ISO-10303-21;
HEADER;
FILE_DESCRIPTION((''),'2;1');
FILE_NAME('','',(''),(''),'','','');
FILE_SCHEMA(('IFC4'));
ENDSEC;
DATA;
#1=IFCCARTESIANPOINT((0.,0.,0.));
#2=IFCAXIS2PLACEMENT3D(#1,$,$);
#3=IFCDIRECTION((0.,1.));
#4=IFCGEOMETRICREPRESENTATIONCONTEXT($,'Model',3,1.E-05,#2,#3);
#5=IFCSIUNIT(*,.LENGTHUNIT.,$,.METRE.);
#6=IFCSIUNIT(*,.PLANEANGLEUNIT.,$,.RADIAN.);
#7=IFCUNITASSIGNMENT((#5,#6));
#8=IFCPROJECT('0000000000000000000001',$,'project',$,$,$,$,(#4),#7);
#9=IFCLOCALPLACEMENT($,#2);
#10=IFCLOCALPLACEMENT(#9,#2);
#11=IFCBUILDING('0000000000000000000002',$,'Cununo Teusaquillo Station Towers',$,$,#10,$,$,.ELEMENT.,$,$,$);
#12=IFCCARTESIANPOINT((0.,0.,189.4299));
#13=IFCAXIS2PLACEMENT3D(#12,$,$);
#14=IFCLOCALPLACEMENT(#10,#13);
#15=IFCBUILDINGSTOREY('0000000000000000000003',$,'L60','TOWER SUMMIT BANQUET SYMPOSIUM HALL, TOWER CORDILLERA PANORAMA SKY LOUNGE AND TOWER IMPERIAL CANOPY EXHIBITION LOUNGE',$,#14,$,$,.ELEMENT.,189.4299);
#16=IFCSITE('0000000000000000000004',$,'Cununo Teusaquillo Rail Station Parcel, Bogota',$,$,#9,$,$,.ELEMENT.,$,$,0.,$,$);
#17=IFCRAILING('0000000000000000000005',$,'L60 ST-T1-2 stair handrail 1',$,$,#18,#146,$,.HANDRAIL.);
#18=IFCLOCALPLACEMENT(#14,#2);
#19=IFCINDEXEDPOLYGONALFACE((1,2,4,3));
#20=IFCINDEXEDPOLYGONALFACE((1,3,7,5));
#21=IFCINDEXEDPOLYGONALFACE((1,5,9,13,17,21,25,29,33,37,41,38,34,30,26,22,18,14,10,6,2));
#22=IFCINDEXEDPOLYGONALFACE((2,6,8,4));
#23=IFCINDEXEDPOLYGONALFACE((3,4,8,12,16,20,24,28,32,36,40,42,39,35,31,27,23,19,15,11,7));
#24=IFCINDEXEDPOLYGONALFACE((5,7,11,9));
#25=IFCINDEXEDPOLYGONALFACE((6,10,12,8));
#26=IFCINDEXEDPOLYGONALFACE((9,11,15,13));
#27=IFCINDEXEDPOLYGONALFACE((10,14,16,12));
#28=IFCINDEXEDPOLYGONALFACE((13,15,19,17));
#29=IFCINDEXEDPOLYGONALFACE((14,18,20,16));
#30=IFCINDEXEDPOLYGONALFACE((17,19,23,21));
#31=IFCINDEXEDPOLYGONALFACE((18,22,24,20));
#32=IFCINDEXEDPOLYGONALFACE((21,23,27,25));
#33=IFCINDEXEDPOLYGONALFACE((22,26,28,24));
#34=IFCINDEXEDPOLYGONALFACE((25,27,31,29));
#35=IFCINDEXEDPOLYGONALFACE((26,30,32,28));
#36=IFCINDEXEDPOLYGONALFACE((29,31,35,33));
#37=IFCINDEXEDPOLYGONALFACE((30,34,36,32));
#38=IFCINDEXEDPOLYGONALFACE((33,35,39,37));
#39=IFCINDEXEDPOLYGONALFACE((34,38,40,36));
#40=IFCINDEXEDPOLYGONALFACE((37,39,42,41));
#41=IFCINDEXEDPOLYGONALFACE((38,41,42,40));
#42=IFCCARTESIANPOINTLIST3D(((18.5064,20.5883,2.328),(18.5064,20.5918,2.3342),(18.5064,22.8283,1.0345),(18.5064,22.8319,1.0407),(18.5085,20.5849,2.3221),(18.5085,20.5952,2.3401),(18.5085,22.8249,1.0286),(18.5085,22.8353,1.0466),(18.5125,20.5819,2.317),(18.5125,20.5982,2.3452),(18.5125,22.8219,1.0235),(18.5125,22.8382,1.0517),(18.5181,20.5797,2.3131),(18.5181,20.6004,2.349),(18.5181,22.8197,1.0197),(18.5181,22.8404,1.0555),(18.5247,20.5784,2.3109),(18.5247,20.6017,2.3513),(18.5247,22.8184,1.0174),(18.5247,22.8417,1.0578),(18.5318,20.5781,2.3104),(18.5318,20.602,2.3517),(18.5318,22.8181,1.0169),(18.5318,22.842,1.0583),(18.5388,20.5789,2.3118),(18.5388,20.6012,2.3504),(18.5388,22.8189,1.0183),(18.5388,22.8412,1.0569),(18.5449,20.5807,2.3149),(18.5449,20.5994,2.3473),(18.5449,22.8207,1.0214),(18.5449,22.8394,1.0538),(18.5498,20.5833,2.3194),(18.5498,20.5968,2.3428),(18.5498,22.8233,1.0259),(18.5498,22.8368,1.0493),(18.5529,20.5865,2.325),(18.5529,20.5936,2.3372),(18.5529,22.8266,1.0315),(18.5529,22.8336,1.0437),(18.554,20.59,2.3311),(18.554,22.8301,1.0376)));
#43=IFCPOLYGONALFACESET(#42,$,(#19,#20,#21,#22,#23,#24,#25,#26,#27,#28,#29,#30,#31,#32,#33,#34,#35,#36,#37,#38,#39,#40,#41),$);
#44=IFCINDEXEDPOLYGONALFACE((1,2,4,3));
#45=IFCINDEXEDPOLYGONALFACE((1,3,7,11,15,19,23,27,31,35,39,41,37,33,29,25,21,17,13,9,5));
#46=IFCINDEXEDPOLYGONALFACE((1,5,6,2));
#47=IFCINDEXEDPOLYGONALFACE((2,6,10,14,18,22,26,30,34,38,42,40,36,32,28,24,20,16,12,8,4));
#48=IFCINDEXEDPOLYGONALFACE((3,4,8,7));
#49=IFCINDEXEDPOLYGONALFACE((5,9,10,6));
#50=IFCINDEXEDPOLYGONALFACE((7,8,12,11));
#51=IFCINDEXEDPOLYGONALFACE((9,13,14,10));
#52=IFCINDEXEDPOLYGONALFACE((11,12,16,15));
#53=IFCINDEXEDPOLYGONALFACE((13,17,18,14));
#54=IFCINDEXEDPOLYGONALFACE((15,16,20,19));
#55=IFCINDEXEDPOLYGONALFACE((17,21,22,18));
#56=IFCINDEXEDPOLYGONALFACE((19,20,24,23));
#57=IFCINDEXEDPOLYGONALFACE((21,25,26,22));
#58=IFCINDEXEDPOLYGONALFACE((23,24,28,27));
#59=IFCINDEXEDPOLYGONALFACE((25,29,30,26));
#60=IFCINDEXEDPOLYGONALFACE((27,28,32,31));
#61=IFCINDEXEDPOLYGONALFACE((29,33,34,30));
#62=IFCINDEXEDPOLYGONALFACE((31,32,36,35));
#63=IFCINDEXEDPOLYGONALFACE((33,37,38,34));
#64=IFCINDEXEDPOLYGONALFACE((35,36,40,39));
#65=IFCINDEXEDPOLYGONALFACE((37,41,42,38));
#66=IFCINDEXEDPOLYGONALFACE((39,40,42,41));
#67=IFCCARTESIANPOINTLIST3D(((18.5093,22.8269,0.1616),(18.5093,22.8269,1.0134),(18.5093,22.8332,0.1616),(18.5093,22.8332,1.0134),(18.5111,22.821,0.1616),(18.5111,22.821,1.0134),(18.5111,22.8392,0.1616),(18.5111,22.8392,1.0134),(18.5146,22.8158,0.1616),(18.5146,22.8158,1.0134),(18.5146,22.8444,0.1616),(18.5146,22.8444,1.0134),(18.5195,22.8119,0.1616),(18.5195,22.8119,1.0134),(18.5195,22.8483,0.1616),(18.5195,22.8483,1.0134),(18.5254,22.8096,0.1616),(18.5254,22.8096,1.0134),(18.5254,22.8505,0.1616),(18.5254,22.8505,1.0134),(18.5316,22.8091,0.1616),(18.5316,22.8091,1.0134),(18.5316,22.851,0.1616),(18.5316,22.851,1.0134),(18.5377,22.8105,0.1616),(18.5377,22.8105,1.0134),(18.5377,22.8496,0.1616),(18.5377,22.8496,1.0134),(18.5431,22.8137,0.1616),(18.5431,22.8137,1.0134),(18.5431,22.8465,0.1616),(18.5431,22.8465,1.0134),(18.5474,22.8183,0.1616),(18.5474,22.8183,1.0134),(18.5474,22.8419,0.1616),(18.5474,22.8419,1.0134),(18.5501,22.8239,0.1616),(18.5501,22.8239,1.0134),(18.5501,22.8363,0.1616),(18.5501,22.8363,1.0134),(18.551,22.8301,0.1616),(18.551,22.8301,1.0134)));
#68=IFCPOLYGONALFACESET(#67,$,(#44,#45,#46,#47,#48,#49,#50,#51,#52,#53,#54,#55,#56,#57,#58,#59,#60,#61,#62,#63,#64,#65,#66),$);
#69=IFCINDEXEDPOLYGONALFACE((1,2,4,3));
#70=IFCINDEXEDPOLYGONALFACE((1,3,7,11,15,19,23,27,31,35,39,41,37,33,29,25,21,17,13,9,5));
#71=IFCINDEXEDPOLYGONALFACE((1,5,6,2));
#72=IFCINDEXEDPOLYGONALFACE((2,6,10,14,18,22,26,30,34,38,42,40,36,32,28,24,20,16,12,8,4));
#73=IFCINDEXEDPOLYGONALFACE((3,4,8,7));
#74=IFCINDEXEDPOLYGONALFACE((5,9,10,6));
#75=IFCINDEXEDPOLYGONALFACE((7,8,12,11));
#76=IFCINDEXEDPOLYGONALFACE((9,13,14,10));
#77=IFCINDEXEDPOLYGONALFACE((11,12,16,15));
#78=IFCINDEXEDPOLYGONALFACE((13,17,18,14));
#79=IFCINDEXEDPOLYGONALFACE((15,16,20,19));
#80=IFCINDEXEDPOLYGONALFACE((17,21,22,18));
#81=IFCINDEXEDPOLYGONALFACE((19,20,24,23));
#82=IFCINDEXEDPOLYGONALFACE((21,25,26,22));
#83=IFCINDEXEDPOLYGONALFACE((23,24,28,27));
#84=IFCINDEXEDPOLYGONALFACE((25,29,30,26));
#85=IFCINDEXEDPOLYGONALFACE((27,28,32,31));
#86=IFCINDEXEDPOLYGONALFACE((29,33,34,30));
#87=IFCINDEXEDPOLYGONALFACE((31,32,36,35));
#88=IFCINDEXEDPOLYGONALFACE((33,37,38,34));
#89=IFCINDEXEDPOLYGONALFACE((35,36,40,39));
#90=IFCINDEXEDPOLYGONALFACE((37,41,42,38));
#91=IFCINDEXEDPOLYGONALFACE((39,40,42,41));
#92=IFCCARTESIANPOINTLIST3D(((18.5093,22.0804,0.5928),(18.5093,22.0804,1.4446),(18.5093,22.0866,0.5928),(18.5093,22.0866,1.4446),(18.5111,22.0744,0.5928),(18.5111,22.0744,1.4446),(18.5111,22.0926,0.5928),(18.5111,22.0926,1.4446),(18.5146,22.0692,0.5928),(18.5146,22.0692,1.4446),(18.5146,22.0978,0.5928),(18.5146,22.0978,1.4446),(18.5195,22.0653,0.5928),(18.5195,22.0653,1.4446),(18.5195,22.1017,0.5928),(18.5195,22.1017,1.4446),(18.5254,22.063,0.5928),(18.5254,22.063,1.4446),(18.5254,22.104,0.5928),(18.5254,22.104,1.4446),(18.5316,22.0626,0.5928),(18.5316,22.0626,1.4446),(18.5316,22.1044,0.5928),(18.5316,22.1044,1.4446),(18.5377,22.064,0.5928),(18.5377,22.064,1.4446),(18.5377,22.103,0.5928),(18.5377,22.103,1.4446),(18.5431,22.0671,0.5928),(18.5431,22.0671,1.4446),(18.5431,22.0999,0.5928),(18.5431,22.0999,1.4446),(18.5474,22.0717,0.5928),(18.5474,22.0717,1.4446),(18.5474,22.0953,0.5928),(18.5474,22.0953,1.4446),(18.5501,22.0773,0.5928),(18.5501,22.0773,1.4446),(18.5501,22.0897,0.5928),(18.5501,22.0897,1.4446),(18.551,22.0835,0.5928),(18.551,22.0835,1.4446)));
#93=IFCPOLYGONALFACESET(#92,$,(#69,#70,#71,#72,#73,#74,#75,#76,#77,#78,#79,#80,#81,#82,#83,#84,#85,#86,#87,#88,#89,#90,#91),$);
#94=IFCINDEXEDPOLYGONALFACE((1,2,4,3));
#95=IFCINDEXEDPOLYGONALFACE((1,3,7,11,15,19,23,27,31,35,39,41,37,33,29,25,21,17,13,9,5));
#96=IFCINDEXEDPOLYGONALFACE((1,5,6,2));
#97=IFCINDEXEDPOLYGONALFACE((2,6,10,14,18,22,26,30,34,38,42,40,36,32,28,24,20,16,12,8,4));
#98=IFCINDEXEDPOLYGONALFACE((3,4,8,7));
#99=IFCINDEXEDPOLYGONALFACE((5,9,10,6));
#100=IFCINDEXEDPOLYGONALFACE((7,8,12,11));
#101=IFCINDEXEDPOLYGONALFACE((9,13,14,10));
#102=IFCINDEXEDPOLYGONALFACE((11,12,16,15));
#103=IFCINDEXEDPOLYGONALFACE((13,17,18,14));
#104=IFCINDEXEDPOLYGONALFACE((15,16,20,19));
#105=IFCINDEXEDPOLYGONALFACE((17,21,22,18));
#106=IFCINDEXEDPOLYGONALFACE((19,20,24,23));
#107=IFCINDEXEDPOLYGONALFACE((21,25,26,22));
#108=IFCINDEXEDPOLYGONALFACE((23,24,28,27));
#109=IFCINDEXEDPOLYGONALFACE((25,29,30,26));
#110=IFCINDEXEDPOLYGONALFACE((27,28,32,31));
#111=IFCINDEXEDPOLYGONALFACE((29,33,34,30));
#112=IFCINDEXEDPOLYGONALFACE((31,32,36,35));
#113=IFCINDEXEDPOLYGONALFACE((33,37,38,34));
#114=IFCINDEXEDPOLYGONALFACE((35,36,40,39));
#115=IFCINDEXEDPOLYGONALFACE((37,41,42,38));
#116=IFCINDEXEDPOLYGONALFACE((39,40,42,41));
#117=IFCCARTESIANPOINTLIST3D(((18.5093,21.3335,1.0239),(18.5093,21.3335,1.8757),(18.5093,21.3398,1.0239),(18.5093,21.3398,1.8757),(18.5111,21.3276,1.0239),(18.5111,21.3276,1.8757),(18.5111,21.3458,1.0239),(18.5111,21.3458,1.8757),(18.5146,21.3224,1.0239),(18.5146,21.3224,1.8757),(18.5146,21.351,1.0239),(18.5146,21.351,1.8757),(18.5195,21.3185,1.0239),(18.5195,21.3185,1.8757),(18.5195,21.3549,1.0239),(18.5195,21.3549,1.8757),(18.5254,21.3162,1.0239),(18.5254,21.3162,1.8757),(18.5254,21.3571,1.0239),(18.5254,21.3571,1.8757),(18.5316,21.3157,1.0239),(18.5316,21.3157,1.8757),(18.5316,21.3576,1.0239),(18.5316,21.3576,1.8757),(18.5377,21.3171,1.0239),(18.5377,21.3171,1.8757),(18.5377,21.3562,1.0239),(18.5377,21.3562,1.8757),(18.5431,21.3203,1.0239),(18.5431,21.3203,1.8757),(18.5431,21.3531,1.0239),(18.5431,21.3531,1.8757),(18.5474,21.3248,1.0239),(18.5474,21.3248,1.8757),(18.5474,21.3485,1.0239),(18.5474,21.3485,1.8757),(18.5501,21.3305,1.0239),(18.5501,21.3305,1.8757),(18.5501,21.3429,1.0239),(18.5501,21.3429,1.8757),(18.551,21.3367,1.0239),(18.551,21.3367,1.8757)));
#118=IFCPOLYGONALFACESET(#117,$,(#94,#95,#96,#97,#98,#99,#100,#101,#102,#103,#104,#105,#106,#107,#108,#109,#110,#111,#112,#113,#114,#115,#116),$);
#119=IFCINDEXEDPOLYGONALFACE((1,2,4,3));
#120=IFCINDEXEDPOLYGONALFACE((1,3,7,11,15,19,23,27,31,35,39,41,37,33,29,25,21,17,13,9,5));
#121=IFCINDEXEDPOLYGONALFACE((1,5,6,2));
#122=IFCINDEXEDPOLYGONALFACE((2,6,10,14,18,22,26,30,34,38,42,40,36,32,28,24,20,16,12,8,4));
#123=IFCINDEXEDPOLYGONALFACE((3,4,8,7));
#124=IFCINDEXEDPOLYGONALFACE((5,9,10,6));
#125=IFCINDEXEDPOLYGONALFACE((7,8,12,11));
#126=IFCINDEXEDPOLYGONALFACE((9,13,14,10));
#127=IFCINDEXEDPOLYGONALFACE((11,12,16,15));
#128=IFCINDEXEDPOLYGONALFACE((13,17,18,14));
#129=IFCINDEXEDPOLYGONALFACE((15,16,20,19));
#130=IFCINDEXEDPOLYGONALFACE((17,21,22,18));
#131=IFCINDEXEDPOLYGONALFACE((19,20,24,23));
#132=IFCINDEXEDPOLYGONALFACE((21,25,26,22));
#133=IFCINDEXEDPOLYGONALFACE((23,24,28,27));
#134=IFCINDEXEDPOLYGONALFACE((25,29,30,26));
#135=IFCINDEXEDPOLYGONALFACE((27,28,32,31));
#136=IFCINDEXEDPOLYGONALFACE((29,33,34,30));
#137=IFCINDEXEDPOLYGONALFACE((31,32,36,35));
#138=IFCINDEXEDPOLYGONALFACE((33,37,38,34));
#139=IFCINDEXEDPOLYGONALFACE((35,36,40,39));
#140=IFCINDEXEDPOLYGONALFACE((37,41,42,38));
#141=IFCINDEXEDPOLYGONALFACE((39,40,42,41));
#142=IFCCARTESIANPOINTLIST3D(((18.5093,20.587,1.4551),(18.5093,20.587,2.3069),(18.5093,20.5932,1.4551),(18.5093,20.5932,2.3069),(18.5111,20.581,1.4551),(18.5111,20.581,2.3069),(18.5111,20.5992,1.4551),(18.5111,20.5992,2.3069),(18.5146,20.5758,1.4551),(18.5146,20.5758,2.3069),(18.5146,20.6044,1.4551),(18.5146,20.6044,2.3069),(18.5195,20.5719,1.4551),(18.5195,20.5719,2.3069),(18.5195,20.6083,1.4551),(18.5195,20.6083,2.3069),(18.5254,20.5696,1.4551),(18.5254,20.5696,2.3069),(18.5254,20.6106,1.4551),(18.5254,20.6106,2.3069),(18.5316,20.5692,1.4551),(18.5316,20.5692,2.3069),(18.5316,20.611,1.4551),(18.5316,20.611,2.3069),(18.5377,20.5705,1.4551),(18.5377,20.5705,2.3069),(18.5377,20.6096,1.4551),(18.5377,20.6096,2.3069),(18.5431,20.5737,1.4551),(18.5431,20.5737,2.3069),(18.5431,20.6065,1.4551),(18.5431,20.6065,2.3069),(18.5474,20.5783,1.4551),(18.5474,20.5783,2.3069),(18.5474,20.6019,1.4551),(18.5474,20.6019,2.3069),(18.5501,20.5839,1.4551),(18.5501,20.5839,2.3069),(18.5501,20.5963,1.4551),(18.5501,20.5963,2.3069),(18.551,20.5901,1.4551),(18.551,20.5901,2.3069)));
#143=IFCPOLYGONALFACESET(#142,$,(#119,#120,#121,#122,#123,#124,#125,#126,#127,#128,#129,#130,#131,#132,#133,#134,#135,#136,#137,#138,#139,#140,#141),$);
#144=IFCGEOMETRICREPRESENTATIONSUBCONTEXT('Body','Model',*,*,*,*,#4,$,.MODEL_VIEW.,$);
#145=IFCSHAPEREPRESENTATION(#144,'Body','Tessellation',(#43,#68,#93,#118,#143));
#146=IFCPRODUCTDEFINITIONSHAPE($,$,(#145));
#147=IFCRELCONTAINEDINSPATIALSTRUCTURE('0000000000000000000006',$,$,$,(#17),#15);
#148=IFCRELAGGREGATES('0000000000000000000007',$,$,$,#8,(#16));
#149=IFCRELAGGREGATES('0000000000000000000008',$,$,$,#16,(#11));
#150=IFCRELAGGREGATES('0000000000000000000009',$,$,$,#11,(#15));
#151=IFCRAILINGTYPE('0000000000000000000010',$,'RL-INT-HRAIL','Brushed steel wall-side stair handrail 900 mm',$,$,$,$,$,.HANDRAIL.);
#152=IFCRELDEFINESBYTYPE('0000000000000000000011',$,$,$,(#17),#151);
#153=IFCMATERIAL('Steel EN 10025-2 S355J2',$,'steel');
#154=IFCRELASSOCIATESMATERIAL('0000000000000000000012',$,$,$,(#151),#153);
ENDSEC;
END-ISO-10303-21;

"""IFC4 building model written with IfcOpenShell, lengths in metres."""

from ifc_helpers import new_model, si_unit, direction, frame, origin, origin_2d, place, context, subcontext, project, spatial, circle, extrude, material, type_object, element, save


model = new_model("IFC4")

# Units and contexts
model_context = context("Model", 3, precision=1e-05, world=origin(), true_north=direction((0.0, 1.0)))
body_context = subcontext(model_context, "Body", "Model", "MODEL_VIEW")
ifc_project = project(units=[si_unit("LENGTHUNIT", "METRE"), si_unit("PLANEANGLEUNIT", "RADIAN")], contexts=[model_context])

# Site, building, storey
site_placement = place(None, origin())
site = spatial("IfcSite", under=ifc_project, at=site_placement, Name="Cununo Teusaquillo Rail Station Parcel, Bogota", CompositionType="ELEMENT", RefElevation=0.0)
building_placement = place(site_placement, origin())
building = spatial("IfcBuilding", under=site, at=building_placement, Name="Cununo Teusaquillo Station Towers", CompositionType="ELEMENT")
storey_placement = place(building_placement, frame((0.0, 0.0, 189.4299)))
storey = spatial("IfcBuildingStorey", under=building, at=storey_placement, Name="L60", Description="TOWER SUMMIT BANQUET SYMPOSIUM HALL, TOWER CORDILLERA PANORAMA SKY LOUNGE AND TOWER IMPERIAL CANOPY EXHIBITION LOUNGE", CompositionType="ELEMENT", Elevation=189.4299)

# Railing
ifc_material_1 = material(Name="Steel EN 10025-2 S355J2", Category="steel")
railing_type_1 = type_object("IfcRailingType", Name="RL-INT-HRAIL", Description="Brushed steel wall-side stair handrail 900 mm", PredefinedType="HANDRAIL", material=ifc_material_1)
railing_1_placement = place(storey_placement, frame((18.53, 22.8301, 0.1616)))
element("IfcRailing", 1, at=railing_1_placement, inside=storey, type_object=railing_type_1, Name="L60 ST-T1-2 stair handrail 1", PredefinedType="HANDRAIL", context=body_context, shape_type="SweptSolid", body=[
    extrude(circle(Radius=0.0239, at=origin_2d()), frame((0.0, 0.0, 0.876), z_axis=(0.0, -0.865992, 0.500057), x_axis=(1.0, 0.0, 0.0)), (0.0, 0.0, 1.0), 2.5867),
    extrude(circle(Radius=0.021, at=origin_2d()), origin(), (0.0, 0.0, 1.0), 0.8518),
    extrude(circle(Radius=0.021, at=origin_2d()), frame((0.0, -0.7466, 0.4312)), (0.0, 0.0, 1.0), 0.8518),
    extrude(circle(Radius=0.021, at=origin_2d()), frame((0.0, -1.4934, 0.8623)), (0.0, 0.0, 1.0), 0.8518),
    extrude(circle(Radius=0.021, at=origin_2d()), frame((0.0, -2.24, 1.2935)), (0.0, 0.0, 1.0), 0.8518),
])

save(model, "model.ifc")
